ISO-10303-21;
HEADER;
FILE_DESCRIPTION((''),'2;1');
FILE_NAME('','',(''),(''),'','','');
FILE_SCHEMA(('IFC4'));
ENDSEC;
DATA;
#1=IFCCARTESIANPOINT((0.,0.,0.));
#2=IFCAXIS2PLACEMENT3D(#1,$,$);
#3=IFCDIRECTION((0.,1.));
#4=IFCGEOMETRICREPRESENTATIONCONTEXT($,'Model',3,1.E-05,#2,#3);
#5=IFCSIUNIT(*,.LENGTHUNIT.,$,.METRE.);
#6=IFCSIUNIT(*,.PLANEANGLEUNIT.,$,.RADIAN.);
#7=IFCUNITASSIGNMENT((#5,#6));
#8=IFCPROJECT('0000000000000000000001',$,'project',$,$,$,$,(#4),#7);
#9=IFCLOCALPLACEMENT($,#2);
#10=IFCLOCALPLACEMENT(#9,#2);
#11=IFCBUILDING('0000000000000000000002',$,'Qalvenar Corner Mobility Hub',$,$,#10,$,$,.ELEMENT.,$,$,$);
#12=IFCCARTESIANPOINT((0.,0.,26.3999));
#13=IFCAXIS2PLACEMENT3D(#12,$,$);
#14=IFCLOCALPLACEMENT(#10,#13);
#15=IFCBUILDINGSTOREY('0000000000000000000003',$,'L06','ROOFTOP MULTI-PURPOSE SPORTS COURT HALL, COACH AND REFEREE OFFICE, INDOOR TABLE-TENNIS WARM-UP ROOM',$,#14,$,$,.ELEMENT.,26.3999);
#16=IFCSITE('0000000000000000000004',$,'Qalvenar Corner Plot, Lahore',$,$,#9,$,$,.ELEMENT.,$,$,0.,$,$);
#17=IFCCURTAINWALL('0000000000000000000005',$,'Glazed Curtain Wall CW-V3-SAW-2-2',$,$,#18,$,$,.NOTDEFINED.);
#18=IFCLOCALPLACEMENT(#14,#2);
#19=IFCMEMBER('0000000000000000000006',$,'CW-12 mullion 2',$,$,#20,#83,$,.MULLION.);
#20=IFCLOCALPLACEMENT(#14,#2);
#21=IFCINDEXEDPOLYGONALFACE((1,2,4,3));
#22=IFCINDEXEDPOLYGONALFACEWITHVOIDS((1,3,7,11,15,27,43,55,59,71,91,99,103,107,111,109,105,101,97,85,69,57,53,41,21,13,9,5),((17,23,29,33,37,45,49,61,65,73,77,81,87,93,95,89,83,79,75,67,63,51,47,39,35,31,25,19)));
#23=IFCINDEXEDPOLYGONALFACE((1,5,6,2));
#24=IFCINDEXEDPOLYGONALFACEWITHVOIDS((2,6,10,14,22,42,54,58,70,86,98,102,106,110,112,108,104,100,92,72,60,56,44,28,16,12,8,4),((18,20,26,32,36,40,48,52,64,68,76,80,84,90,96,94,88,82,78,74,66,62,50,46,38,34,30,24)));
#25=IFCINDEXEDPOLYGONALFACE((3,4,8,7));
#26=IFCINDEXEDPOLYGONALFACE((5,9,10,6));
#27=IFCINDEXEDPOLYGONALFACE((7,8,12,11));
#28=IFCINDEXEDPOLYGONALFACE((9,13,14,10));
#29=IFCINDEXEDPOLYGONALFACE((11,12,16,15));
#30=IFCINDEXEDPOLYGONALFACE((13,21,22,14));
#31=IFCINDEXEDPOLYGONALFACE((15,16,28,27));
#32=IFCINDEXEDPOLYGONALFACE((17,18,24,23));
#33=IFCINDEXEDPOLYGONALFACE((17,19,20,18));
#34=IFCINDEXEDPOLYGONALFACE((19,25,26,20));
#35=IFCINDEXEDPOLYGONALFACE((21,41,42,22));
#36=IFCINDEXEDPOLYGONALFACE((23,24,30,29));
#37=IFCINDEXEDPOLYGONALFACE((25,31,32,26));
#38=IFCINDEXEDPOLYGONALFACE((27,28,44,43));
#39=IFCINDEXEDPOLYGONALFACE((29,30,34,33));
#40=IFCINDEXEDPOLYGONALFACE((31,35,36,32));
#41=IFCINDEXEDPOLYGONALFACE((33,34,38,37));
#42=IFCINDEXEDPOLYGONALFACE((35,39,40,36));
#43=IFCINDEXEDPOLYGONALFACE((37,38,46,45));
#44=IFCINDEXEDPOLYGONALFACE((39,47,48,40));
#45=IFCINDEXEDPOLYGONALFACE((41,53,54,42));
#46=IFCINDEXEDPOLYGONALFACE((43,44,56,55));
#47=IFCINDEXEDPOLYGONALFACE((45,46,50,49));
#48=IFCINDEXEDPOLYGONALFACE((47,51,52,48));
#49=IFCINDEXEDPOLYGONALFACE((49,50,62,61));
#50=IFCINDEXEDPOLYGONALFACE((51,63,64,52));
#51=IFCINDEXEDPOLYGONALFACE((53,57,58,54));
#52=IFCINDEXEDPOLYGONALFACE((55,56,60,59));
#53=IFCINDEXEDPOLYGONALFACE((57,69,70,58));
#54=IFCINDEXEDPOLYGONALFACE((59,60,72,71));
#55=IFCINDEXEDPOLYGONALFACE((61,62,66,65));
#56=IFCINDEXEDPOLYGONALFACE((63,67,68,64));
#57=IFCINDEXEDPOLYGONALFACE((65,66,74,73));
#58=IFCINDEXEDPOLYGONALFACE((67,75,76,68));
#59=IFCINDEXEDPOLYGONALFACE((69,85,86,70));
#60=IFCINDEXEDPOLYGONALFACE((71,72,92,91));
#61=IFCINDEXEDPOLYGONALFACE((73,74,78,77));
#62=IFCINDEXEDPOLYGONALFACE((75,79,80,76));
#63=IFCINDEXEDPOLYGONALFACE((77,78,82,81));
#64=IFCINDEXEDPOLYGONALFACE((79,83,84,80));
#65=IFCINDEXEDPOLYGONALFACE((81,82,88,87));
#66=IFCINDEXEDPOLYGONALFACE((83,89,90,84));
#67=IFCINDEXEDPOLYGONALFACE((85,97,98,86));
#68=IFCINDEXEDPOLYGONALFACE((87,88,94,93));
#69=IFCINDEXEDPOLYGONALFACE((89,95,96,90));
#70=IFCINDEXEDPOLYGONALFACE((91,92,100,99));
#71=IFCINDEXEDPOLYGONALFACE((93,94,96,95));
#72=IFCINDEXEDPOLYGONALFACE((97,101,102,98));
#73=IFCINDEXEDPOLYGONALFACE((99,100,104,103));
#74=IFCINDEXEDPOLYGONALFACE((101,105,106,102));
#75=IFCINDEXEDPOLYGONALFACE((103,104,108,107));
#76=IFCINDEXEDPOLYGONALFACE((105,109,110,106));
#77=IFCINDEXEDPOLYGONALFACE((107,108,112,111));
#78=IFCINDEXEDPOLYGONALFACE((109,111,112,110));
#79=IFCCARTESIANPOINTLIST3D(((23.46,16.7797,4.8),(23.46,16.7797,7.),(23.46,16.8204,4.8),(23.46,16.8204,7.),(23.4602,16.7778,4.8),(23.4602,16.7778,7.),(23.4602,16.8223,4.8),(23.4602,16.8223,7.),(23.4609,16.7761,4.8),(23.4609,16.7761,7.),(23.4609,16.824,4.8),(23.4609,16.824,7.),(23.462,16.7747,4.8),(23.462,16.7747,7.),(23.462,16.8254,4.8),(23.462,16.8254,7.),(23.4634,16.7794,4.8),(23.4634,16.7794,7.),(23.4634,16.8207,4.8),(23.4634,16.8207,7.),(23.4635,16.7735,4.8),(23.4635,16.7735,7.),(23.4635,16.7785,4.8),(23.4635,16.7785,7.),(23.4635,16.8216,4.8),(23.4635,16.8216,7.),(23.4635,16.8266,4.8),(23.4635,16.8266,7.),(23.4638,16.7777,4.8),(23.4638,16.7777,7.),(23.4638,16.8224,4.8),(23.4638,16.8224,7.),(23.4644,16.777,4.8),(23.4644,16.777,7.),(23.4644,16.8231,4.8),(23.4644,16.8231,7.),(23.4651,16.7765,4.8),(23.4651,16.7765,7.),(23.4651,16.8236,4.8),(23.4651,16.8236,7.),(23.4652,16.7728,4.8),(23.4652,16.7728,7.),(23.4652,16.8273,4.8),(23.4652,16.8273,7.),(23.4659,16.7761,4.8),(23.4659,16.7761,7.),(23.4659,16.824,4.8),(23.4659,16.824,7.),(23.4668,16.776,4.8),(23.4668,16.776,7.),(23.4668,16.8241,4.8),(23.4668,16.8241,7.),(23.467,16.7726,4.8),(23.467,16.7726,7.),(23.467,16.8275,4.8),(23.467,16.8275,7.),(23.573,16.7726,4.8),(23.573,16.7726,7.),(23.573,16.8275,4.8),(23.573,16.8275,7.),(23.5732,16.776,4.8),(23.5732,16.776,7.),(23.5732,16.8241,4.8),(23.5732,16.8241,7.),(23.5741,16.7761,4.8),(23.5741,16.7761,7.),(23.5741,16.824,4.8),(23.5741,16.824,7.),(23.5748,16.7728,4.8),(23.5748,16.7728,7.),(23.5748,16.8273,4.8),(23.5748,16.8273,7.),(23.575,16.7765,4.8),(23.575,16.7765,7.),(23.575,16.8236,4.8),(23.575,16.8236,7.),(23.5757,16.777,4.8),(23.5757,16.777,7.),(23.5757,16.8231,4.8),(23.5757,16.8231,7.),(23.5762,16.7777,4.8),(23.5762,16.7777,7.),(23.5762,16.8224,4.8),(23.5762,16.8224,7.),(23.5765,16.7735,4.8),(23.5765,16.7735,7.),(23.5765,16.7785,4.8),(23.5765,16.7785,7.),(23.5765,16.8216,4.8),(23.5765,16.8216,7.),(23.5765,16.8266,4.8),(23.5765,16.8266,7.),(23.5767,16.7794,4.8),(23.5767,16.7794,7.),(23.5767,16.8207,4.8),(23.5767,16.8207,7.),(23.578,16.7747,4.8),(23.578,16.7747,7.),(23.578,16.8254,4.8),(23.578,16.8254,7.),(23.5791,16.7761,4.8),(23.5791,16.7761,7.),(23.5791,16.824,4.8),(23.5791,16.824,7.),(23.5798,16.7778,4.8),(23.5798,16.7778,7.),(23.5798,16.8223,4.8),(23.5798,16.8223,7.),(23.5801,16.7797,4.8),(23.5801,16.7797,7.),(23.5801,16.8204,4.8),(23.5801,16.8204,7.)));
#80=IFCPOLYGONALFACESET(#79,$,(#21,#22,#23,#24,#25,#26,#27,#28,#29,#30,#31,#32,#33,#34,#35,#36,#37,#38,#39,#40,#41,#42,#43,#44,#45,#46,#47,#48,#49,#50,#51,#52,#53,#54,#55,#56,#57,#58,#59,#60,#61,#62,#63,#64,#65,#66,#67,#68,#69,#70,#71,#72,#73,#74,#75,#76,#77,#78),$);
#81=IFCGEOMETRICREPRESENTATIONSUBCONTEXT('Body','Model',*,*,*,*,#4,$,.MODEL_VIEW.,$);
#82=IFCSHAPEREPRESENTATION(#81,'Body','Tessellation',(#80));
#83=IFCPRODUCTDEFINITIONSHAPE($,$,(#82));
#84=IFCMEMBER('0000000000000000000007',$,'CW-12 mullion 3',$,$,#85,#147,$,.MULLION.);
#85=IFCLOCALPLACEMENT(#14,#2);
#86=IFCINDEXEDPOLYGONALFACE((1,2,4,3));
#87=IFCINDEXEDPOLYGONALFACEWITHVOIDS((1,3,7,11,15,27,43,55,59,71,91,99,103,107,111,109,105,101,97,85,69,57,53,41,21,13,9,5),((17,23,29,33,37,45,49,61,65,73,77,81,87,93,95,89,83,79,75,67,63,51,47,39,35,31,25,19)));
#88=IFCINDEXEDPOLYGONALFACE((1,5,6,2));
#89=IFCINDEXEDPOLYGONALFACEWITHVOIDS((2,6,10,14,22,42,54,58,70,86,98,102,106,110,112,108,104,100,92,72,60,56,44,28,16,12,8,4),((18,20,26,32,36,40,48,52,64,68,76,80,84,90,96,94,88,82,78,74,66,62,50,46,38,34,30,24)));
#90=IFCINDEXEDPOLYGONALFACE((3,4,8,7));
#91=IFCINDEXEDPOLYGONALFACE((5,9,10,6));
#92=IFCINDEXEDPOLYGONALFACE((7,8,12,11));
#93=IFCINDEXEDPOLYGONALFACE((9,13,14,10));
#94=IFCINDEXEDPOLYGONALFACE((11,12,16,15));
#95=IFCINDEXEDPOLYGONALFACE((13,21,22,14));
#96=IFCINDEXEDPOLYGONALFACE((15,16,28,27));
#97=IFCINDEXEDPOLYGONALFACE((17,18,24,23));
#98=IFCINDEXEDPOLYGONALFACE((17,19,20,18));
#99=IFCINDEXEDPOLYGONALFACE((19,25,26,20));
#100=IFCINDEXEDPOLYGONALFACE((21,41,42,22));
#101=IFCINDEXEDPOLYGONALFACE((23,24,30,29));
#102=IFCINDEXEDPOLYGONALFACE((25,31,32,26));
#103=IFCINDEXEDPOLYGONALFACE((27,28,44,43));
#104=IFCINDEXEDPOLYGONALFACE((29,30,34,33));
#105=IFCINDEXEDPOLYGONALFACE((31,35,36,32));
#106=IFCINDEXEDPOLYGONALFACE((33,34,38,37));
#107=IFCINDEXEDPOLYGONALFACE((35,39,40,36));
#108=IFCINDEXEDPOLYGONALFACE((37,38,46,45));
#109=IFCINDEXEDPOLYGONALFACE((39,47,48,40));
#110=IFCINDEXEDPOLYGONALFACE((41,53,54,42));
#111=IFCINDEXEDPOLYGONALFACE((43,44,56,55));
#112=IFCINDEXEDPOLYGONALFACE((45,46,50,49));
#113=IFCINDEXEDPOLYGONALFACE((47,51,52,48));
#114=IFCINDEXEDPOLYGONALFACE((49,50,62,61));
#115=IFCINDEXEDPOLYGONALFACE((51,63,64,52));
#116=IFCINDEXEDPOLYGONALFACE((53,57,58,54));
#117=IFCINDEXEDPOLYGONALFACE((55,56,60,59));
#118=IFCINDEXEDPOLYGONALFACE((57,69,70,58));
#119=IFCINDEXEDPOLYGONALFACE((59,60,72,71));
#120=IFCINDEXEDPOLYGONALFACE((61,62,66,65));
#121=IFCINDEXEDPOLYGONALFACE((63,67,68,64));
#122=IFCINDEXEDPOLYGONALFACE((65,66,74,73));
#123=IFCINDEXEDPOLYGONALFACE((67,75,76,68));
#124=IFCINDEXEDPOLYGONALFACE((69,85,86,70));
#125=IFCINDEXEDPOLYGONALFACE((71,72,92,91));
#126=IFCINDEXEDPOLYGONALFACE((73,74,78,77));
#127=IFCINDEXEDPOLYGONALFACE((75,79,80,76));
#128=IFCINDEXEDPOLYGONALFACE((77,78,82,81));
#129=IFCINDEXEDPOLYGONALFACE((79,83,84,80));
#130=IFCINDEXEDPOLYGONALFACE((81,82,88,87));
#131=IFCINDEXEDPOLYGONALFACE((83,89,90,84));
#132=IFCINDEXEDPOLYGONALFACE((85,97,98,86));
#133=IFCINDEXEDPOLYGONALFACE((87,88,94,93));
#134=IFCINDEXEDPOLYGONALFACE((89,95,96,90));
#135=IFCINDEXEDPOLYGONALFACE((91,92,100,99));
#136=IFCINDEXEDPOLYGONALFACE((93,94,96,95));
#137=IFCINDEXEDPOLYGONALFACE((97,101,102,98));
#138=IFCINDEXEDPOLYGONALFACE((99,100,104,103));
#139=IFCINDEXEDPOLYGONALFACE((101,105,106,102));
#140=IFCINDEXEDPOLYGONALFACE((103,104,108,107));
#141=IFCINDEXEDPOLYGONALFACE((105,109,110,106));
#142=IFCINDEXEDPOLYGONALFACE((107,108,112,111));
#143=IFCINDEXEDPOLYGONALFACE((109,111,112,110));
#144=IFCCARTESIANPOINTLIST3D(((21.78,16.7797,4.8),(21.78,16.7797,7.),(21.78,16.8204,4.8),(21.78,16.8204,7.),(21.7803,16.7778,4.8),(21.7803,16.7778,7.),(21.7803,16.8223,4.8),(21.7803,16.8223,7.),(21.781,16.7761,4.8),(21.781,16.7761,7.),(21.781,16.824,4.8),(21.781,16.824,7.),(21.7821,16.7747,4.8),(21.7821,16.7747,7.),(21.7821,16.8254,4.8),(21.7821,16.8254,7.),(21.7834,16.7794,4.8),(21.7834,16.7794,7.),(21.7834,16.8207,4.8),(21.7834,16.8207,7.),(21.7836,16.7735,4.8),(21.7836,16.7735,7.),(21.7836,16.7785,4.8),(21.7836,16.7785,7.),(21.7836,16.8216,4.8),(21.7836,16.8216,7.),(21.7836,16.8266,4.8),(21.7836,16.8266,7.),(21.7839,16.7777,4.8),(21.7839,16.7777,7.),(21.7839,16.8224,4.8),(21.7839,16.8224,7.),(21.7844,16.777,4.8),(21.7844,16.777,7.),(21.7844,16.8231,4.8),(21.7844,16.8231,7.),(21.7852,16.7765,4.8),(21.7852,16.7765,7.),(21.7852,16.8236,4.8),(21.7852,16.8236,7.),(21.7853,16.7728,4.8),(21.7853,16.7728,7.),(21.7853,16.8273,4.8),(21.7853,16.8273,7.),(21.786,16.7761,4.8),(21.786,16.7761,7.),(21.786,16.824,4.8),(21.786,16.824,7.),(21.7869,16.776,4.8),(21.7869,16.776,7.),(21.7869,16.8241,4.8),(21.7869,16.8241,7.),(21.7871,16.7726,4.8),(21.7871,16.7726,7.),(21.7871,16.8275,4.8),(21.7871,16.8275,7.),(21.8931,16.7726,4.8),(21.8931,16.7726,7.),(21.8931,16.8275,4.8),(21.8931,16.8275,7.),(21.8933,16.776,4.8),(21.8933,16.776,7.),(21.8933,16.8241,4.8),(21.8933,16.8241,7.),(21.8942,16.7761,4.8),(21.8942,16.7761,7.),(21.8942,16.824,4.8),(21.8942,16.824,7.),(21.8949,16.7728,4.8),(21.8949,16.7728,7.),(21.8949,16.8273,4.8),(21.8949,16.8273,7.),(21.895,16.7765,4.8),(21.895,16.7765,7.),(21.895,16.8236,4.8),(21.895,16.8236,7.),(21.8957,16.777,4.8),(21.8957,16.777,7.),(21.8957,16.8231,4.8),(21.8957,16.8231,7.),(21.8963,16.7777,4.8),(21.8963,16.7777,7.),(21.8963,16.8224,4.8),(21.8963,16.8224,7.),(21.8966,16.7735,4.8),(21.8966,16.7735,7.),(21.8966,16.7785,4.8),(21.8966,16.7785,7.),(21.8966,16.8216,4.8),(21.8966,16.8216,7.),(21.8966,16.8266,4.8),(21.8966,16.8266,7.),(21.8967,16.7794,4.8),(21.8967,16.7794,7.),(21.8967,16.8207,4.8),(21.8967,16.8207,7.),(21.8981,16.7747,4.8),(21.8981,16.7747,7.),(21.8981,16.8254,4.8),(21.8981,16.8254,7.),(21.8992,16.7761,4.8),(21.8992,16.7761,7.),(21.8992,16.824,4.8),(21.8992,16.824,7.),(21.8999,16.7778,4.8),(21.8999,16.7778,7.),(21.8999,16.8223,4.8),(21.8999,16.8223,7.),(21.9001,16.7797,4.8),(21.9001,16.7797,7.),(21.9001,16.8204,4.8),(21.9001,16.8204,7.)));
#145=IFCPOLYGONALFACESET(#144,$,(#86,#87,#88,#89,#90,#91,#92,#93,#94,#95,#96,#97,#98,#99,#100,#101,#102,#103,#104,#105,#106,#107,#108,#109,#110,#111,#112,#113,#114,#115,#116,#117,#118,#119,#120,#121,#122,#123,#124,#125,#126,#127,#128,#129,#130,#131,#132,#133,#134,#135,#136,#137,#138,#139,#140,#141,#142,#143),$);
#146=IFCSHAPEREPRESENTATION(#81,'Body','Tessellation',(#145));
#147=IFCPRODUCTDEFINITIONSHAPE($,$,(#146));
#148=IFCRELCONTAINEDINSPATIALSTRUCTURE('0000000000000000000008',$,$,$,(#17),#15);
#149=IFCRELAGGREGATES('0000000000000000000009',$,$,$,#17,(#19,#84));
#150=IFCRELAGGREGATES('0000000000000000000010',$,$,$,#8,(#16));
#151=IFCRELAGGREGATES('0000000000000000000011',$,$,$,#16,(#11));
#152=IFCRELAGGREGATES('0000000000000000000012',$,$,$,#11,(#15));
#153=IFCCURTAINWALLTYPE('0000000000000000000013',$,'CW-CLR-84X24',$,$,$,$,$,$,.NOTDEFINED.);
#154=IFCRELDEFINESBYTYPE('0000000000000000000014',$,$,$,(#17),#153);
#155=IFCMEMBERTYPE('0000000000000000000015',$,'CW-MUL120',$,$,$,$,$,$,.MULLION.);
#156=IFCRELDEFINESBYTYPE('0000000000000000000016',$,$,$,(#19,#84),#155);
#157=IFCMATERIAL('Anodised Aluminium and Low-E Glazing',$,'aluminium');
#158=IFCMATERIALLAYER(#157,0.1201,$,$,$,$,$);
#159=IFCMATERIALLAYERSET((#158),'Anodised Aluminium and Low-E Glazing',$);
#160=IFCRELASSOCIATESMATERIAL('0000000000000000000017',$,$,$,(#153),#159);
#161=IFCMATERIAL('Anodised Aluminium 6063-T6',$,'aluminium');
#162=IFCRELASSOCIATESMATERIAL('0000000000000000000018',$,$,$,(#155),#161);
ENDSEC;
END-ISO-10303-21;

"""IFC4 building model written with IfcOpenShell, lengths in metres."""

from ifc_helpers import new_model, si_unit, direction, frame, origin, origin_2d, place, context, subcontext, project, spatial, hollow_rectangle, extrude, material, layer, layer_set, material_profile, profile_set, type_object, element, aggregate, save


model = new_model("IFC4")

# Units and contexts
model_context = context("Model", 3, precision=1e-05, world=origin(), true_north=direction((0.0, 1.0)))
body_context = subcontext(model_context, "Body", "Model", "MODEL_VIEW")
ifc_project = project(units=[si_unit("LENGTHUNIT", "METRE"), si_unit("PLANEANGLEUNIT", "RADIAN")], contexts=[model_context])

# Site, building, storey
site_placement = place(None, origin())
site = spatial("IfcSite", under=ifc_project, at=site_placement, Name="Qalvenar Corner Plot, Lahore", CompositionType="ELEMENT", RefElevation=0.0)
building_placement = place(site_placement, origin())
building = spatial("IfcBuilding", under=site, at=building_placement, Name="Qalvenar Corner Mobility Hub", CompositionType="ELEMENT")
storey_placement = place(building_placement, frame((0.0, 0.0, 26.3999)))
storey = spatial("IfcBuildingStorey", under=building, at=storey_placement, Name="L06", Description="ROOFTOP MULTI-PURPOSE SPORTS COURT HALL, COACH AND REFEREE OFFICE, INDOOR TABLE-TENNIS WARM-UP ROOM", CompositionType="ELEMENT", Elevation=26.3999)

# Curtain wall, members
ifc_material_1 = material(Name="Anodised Aluminium and Low-E Glazing", Category="aluminium")
ifc_layer_1 = layer(ifc_material_1, 0.1201)
ifc_layer_set_1 = layer_set([ifc_layer_1], Name="Anodised Aluminium and Low-E Glazing")
curtain_wall_type = type_object("IfcCurtainWallType", Name="CW-CLR-84X24", PredefinedType="NOTDEFINED", material=ifc_layer_set_1)
curtain_wall_1_placement = place(storey_placement, origin())
curtain_wall_1 = element("IfcCurtainWall", 1, at=curtain_wall_1_placement, inside=storey, type_object=curtain_wall_type, Name="Glazed Curtain Wall CW-V3-SAW-2-2", PredefinedType="NOTDEFINED")
ifc_material_2 = material(Name="Anodised Aluminium 6063-T6", Category="aluminium")
ifc_material_profile_1 = material_profile(ifc_material_2, hollow_rectangle(XDim=0.0549, YDim=0.1201, WallThickness=0.0034, InnerFilletRadius=0.0034, OuterFilletRadius=0.0071, at=origin_2d()), Name="RHS120x55x3.5")
ifc_profile_set_1 = profile_set([ifc_material_profile_1], Name="Anodised Aluminium 6063-T6")
member_type_1 = type_object("IfcMemberType", Name="CW-MUL120", PredefinedType="MULLION", material=ifc_profile_set_1)
member_1_placement = place(storey_placement, frame((23.52, 16.8, 4.8), z_axis=(0.0, 0.0, 1.0), x_axis=(0.0, -1.0, 0.0)))
member_1 = element("IfcMember", 2, at=member_1_placement, type_object=member_type_1, Name="CW-12 mullion 2", PredefinedType="MULLION", context=body_context, shape_type="SweptSolid", body=[
    extrude(hollow_rectangle(XDim=0.0549, YDim=0.1201, WallThickness=0.0034, InnerFilletRadius=0.0034, OuterFilletRadius=0.0071, at=origin_2d()), origin(), (0.0, 0.0, 1.0), 2.2),
])
member_2_placement = place(storey_placement, frame((21.8401, 16.8, 4.8), z_axis=(0.0, 0.0, 1.0), x_axis=(0.0, -1.0, 0.0)))
member_2 = element("IfcMember", 3, at=member_2_placement, type_object=member_type_1, Name="CW-12 mullion 3", PredefinedType="MULLION", context=body_context, shape_type="SweptSolid", body=[
    extrude(hollow_rectangle(XDim=0.0549, YDim=0.1201, WallThickness=0.0034, InnerFilletRadius=0.0034, OuterFilletRadius=0.0071, at=origin_2d()), origin(), (0.0, 0.0, 1.0), 2.2),
])

aggregate(curtain_wall_1, [member_1, member_2])

save(model, "model.ifc")
